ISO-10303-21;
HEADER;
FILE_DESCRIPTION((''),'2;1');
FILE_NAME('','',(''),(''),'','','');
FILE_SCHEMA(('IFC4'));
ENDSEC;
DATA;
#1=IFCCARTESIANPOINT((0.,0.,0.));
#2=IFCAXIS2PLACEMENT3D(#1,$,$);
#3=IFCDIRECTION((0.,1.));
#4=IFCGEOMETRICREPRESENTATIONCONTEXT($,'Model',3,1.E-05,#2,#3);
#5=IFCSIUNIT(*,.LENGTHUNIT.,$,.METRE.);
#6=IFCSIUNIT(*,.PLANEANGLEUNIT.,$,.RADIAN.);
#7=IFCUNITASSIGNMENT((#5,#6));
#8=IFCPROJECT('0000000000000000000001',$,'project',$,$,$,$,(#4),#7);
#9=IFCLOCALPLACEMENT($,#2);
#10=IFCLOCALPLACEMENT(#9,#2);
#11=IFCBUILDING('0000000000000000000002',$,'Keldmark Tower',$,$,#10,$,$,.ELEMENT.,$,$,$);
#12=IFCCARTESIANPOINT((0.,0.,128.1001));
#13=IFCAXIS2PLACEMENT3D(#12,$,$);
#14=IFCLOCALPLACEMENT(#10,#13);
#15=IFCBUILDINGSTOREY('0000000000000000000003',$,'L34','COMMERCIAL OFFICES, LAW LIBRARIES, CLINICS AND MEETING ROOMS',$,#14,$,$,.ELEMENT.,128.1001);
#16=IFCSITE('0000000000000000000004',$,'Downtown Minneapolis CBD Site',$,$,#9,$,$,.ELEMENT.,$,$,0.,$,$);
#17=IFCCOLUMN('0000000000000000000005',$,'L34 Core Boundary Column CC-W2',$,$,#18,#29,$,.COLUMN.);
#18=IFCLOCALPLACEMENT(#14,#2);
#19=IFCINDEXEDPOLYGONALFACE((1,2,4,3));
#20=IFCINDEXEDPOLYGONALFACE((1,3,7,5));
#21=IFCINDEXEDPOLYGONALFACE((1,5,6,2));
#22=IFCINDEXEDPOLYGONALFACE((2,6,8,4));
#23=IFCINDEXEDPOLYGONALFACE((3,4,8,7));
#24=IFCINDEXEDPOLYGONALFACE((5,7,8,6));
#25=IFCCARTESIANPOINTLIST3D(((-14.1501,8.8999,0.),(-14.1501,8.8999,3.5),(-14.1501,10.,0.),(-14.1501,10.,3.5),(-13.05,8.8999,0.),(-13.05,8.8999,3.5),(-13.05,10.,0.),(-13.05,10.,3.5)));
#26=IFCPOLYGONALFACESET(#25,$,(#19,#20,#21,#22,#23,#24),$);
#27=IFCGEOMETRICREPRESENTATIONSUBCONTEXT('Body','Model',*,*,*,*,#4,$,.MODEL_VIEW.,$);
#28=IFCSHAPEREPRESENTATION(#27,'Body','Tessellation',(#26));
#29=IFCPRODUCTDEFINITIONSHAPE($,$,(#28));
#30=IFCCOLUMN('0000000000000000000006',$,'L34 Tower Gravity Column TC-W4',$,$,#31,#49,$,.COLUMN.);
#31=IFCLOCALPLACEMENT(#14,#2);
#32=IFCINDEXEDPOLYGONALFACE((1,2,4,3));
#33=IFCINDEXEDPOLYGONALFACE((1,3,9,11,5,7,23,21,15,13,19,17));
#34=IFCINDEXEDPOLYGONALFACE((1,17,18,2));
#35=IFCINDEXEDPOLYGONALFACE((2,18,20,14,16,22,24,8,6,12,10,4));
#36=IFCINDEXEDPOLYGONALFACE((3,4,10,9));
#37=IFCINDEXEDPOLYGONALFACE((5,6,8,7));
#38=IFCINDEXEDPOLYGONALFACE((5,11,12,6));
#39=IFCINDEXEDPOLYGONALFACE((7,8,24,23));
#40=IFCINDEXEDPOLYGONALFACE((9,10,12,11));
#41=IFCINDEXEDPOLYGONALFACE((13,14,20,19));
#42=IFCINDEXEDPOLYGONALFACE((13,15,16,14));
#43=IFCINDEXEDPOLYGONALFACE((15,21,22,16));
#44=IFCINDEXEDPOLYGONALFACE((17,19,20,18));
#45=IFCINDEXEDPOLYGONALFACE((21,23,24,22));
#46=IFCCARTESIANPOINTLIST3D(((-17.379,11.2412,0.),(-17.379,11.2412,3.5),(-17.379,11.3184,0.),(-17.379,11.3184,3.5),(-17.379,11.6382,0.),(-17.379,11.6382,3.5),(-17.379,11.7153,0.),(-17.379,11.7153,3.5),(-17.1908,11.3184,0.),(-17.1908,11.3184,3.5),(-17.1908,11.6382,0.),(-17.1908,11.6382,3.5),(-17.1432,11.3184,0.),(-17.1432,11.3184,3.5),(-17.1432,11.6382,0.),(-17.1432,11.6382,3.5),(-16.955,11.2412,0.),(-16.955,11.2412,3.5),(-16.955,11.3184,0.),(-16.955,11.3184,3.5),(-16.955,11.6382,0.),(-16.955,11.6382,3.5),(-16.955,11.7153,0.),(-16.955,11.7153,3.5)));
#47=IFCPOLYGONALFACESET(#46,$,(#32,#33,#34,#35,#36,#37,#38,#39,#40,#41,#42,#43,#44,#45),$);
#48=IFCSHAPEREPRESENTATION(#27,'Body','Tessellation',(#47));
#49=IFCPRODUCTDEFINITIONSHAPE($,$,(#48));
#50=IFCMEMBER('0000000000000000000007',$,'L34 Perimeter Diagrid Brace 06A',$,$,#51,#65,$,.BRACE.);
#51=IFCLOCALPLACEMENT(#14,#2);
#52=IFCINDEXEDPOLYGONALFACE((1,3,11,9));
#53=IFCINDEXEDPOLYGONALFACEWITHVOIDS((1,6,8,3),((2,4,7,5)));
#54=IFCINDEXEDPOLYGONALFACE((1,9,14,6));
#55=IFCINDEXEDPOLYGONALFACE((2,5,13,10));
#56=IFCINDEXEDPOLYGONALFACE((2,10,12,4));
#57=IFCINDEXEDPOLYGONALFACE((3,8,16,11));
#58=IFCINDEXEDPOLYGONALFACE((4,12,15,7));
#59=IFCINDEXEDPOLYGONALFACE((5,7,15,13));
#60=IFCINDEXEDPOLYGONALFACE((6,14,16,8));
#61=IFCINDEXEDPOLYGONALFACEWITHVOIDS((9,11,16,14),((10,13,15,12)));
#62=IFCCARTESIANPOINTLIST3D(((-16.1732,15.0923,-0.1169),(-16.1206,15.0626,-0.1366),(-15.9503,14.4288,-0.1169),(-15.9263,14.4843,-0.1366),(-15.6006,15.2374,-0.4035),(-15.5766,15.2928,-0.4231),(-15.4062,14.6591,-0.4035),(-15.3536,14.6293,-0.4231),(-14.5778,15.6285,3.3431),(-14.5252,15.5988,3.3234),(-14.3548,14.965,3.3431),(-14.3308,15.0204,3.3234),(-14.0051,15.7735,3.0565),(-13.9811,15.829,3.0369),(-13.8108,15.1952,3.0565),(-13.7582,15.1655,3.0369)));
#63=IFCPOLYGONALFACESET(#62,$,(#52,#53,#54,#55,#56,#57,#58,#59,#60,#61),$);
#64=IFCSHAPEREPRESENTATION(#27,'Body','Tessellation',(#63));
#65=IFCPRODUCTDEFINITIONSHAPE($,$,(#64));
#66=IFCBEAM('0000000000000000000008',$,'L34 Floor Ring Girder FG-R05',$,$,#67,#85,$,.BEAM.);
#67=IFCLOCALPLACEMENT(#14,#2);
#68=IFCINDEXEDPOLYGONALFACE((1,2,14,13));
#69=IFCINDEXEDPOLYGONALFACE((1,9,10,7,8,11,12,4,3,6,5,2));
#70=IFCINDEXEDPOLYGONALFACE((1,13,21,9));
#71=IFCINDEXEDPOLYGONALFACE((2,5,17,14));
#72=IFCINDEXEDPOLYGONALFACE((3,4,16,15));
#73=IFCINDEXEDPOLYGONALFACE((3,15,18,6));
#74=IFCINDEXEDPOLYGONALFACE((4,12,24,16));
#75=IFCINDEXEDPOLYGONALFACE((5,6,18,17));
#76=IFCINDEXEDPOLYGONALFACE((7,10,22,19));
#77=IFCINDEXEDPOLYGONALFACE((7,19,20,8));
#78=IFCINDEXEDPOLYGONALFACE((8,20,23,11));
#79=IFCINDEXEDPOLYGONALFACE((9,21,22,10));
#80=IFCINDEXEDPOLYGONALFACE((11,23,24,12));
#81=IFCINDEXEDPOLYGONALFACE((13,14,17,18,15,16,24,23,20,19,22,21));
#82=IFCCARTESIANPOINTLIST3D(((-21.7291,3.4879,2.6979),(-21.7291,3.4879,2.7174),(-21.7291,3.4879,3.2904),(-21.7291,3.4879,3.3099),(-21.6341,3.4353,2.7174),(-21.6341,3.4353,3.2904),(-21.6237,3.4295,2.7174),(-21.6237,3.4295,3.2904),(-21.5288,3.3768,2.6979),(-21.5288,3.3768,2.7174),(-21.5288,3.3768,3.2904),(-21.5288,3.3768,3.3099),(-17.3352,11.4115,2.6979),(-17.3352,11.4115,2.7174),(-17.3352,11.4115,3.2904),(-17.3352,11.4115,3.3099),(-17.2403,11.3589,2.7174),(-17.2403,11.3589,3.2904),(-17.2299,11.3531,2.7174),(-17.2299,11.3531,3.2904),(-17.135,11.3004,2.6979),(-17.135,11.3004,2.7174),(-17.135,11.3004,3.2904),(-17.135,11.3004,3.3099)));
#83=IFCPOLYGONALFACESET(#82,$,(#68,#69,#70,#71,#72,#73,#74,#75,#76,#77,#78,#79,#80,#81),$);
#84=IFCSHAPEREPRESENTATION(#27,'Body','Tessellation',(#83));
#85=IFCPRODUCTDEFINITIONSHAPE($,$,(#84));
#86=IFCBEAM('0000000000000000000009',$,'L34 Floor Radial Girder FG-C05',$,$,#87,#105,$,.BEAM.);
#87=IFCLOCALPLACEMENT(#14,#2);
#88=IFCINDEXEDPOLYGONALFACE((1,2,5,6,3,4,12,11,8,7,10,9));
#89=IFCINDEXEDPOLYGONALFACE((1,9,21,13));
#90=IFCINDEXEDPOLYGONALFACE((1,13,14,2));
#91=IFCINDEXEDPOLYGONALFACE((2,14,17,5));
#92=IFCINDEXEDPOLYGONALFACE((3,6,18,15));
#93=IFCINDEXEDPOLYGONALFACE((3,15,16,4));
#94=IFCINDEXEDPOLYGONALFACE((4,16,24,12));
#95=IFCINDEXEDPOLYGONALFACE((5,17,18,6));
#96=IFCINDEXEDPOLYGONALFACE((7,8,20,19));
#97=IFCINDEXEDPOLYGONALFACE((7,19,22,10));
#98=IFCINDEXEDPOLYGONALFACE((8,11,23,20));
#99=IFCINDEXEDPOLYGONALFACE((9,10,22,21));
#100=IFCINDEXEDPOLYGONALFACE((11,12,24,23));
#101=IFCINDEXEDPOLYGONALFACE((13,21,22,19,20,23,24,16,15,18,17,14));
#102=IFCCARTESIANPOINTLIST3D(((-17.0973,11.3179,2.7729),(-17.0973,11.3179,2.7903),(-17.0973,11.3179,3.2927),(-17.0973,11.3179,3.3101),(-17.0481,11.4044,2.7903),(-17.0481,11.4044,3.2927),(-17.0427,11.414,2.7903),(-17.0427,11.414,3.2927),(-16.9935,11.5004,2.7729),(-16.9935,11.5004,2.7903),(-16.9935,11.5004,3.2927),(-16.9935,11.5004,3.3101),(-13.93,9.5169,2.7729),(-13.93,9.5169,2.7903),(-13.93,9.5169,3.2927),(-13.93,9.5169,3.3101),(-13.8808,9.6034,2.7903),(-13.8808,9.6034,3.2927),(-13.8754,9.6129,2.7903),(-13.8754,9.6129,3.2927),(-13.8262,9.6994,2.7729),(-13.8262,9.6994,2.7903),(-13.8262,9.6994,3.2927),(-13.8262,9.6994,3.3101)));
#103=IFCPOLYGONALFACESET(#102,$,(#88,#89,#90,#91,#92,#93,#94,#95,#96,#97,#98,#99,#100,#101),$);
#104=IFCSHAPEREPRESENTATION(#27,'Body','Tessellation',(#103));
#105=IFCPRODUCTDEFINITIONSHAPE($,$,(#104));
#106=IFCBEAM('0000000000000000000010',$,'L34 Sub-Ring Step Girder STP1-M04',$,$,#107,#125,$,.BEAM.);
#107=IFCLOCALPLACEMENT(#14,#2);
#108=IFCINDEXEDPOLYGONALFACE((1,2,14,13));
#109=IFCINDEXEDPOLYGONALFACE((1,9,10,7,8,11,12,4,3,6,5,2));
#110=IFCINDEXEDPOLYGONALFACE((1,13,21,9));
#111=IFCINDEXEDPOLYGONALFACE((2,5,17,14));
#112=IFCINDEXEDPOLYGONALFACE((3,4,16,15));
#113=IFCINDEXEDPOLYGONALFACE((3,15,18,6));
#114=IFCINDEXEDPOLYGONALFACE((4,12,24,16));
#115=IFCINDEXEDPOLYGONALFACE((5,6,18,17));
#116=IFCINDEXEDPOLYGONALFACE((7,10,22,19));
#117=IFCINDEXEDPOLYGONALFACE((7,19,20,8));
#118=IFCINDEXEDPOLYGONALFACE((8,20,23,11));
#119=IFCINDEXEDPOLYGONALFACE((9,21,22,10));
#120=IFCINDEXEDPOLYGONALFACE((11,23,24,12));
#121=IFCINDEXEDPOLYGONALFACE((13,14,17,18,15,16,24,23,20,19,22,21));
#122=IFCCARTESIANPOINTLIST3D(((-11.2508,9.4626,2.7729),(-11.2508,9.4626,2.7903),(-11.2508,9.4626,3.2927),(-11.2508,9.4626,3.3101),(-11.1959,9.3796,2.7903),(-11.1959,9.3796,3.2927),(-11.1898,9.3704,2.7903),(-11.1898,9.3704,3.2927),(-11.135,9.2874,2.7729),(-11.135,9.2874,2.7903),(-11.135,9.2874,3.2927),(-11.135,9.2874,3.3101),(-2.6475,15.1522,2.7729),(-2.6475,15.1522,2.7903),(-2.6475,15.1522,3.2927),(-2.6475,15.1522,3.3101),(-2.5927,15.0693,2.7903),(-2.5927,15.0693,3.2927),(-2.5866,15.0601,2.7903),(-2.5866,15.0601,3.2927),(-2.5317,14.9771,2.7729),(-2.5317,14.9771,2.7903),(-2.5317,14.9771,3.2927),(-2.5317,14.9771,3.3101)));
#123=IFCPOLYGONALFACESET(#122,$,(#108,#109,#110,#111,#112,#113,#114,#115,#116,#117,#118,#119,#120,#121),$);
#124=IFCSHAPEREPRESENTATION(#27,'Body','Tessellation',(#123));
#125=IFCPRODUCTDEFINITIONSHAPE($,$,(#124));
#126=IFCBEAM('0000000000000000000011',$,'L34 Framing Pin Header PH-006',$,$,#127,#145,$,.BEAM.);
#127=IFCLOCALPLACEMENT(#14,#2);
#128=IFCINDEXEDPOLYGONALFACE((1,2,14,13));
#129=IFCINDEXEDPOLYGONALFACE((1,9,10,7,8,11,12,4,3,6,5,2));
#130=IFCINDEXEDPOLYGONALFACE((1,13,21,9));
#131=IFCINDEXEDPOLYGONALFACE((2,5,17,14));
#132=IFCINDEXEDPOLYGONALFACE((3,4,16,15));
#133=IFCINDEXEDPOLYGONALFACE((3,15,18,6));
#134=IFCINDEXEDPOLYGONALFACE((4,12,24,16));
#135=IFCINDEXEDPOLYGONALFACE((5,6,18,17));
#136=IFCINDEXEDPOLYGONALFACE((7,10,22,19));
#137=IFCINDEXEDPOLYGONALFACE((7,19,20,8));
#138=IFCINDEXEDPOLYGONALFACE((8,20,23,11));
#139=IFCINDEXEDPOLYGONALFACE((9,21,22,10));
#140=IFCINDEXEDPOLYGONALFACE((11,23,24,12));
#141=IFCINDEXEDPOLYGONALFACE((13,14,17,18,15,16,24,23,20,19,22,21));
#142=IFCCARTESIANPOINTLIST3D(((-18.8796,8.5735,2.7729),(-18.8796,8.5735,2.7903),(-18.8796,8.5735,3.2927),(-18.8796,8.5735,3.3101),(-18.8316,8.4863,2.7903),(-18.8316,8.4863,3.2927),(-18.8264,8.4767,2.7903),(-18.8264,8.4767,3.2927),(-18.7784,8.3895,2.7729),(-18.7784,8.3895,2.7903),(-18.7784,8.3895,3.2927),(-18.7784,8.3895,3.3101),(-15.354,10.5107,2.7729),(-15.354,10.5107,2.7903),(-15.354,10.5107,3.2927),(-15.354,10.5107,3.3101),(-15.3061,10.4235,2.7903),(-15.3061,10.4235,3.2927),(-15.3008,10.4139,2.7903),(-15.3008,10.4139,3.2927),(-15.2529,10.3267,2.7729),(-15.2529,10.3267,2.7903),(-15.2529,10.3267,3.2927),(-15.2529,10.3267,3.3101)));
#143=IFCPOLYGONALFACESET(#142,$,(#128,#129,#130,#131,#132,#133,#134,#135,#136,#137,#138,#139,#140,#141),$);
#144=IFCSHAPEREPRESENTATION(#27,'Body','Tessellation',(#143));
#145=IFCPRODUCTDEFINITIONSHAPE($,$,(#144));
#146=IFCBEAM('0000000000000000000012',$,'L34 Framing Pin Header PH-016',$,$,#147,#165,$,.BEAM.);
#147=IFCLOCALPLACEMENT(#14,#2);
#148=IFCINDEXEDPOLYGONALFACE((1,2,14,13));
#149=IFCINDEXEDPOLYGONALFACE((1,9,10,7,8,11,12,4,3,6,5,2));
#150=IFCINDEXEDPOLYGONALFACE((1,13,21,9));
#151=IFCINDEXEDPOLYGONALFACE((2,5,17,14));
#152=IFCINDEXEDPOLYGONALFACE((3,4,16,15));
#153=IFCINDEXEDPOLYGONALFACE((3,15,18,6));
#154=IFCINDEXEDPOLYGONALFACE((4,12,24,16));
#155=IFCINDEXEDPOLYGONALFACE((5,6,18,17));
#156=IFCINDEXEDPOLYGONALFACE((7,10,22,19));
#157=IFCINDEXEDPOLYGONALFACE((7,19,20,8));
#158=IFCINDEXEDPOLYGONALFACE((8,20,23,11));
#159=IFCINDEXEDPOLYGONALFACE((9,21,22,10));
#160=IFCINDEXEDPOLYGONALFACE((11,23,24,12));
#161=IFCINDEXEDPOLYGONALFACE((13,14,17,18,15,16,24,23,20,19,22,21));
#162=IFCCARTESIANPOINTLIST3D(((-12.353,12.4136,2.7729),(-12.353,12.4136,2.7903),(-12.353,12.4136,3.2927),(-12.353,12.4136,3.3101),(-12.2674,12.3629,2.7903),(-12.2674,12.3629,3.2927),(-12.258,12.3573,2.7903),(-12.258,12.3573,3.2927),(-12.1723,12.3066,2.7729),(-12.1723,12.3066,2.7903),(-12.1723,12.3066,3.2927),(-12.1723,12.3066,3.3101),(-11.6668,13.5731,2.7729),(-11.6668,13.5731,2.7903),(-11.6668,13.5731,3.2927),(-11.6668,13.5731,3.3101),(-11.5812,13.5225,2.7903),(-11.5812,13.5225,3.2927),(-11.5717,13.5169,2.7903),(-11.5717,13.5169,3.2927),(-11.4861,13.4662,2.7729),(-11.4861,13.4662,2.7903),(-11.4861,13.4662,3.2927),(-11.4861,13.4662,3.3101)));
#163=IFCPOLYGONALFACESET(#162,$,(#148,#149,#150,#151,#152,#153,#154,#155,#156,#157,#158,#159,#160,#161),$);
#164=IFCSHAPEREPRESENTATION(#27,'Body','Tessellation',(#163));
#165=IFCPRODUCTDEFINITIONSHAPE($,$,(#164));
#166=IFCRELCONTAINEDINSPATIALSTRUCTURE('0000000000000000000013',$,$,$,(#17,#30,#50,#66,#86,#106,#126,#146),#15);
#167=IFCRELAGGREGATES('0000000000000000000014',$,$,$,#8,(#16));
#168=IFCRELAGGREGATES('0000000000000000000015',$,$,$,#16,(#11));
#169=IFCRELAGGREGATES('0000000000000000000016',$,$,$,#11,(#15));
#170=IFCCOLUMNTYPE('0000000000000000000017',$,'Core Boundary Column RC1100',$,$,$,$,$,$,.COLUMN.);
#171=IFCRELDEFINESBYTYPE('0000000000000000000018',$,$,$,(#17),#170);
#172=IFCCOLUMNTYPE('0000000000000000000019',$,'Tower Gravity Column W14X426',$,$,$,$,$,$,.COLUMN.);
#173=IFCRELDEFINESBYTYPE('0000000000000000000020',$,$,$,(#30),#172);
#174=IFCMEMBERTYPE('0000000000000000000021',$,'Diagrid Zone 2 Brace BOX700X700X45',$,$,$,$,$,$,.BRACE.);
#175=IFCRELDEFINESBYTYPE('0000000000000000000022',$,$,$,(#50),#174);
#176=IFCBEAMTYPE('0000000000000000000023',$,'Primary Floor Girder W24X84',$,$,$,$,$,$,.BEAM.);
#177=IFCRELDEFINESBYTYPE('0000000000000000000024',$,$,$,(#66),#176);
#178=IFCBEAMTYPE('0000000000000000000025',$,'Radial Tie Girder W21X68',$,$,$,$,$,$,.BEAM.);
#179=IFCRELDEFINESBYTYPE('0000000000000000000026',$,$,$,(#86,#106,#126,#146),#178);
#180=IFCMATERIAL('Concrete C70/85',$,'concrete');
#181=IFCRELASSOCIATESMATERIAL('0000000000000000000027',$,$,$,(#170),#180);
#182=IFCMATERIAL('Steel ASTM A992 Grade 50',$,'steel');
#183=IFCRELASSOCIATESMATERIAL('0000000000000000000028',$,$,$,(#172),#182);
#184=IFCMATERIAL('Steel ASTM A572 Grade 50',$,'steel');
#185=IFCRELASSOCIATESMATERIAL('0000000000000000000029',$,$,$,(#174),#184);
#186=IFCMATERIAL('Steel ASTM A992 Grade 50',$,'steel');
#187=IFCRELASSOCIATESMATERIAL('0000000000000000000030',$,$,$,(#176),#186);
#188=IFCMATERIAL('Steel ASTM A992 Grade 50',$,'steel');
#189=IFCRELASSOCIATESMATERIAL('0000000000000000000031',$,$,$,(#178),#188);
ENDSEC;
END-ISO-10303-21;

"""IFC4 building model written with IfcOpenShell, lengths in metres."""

from ifc_helpers import new_model, si_unit, direction, frame, origin, origin_2d, place, context, subcontext, project, spatial, rectangle, hollow_rectangle, i_section, extrude, material, material_profile, profile_set, type_object, element, save


model = new_model("IFC4")

# Units and contexts
model_context = context("Model", 3, precision=1e-05, world=origin(), true_north=direction((0.0, 1.0)))
body_context = subcontext(model_context, "Body", "Model", "MODEL_VIEW")
ifc_project = project(units=[si_unit("LENGTHUNIT", "METRE"), si_unit("PLANEANGLEUNIT", "RADIAN")], contexts=[model_context])

# Site, building, storey
site_placement = place(None, origin())
site = spatial("IfcSite", under=ifc_project, at=site_placement, Name="Downtown Minneapolis CBD Site", CompositionType="ELEMENT", RefElevation=0.0)
building_placement = place(site_placement, origin())
building = spatial("IfcBuilding", under=site, at=building_placement, Name="Keldmark Tower", CompositionType="ELEMENT")
storey_placement = place(building_placement, frame((0.0, 0.0, 128.1001)))
storey = spatial("IfcBuildingStorey", under=building, at=storey_placement, Name="L34", Description="COMMERCIAL OFFICES, LAW LIBRARIES, CLINICS AND MEETING ROOMS", CompositionType="ELEMENT", Elevation=128.1001)

# Columns
ifc_material_1 = material(Name="Concrete C70/85", Category="concrete")
ifc_material_profile_1 = material_profile(ifc_material_1, rectangle(XDim=1.1001, YDim=1.1001, at=origin_2d()), Name="RC1100X1100")
ifc_profile_set_1 = profile_set([ifc_material_profile_1], Name="Concrete C70/85")
column_type_1 = type_object("IfcColumnType", Name="Core Boundary Column RC1100", PredefinedType="COLUMN", material=ifc_profile_set_1)
column_1_placement = place(storey_placement, frame((-13.6001, 9.45, 0.0), z_axis=(0.0, 0.0, 1.0), x_axis=(1.0, 0.0, 0.0)))
element("IfcColumn", 1, at=column_1_placement, inside=storey, type_object=column_type_1, Name="L34 Core Boundary Column CC-W2", PredefinedType="COLUMN", context=body_context, shape_type="SweptSolid", body=[
    extrude(rectangle(XDim=1.1001, YDim=1.1001, at=origin_2d()), origin(), (0.0, 0.0, 1.0), 3.5),
])
ifc_material_2 = material(Name="Steel ASTM A992 Grade 50", Category="steel")
ifc_material_profile_2 = material_profile(ifc_material_2, i_section(OverallWidth=0.4241, OverallDepth=0.4741, WebThickness=0.0476, FlangeThickness=0.0771, at=origin_2d()), Name="W14X426")
ifc_profile_set_2 = profile_set([ifc_material_profile_2], Name="Steel ASTM A992 Grade 50")
column_type_2 = type_object("IfcColumnType", Name="Tower Gravity Column W14X426", PredefinedType="COLUMN", material=ifc_profile_set_2)
column_2_placement = place(storey_placement, frame((-17.167, 11.4783, 0.0), z_axis=(0.0, 0.0, 1.0), x_axis=(1.0, 0.0, 0.0)))
element("IfcColumn", 2, at=column_2_placement, inside=storey, type_object=column_type_2, Name="L34 Tower Gravity Column TC-W4", PredefinedType="COLUMN", context=body_context, shape_type="SweptSolid", body=[
    extrude(i_section(OverallWidth=0.4241, OverallDepth=0.4741, WebThickness=0.0476, FlangeThickness=0.0771, at=origin_2d()), origin(), (0.0, 0.0, 1.0), 3.5),
])

# Member
ifc_material_3 = material(Name="Steel ASTM A572 Grade 50", Category="steel")
ifc_material_profile_3 = material_profile(ifc_material_3, hollow_rectangle(XDim=0.7, YDim=0.7, WallThickness=0.0449, at=origin_2d()), Name="BOX700X700X45")
ifc_profile_set_3 = profile_set([ifc_material_profile_3], Name="Steel ASTM A572 Grade 50")
member_type = type_object("IfcMemberType", Name="Diagrid Zone 2 Brace BOX700X700X45", PredefinedType="BRACE", material=ifc_profile_set_3)
member_placement = place(storey_placement, frame((-15.7634, 14.8608, -0.27), z_axis=(0.41466, 0.139341, 0.899245), x_axis=(-0.318533, 0.947912, 0.0)))
element("IfcMember", 3, at=member_placement, inside=storey, type_object=member_type, Name="L34 Perimeter Diagrid Brace 06A", PredefinedType="BRACE", context=body_context, shape_type="SweptSolid", body=[
    extrude(hollow_rectangle(XDim=0.7, YDim=0.7, WallThickness=0.0449, at=origin_2d()), origin(), (0.0, 0.0, 1.0), 3.8477),
])

# Beams
ifc_material_4 = material(Name="Steel ASTM A992 Grade 50", Category="steel")
ifc_material_profile_4 = material_profile(ifc_material_4, i_section(OverallWidth=0.229, OverallDepth=0.6121, WebThickness=0.012, FlangeThickness=0.0195, at=origin_2d()), Name="W24X84")
ifc_profile_set_4 = profile_set([ifc_material_profile_4], Name="Steel ASTM A992 Grade 50")
beam_type_1 = type_object("IfcBeamType", Name="Primary Floor Girder W24X84", PredefinedType="BEAM", material=ifc_profile_set_4)
beam_1_placement = place(storey_placement, frame((-17.2351, 11.356, 3.0039), z_axis=(-0.484952, -0.874541, 0.0), x_axis=(0.874541, -0.484952, 0.0)))
element("IfcBeam", 4, at=beam_1_placement, inside=storey, type_object=beam_type_1, Name="L34 Floor Ring Girder FG-R05", PredefinedType="BEAM", context=body_context, shape_type="SweptSolid", body=[
    extrude(i_section(OverallWidth=0.229, OverallDepth=0.6121, WebThickness=0.012, FlangeThickness=0.0195, at=origin_2d()), origin(), (0.0, 0.0, 1.0), 9.0603),
])
ifc_material_5 = material(Name="Steel ASTM A992 Grade 50", Category="steel")
ifc_material_profile_5 = material_profile(ifc_material_5, i_section(OverallWidth=0.21, OverallDepth=0.5371, WebThickness=0.011, FlangeThickness=0.0173, at=origin_2d()), Name="W21X68")
ifc_profile_set_5 = profile_set([ifc_material_profile_5], Name="Steel ASTM A992 Grade 50")
beam_type_2 = type_object("IfcBeamType", Name="Radial Tie Girder W21X68", PredefinedType="BEAM", material=ifc_profile_set_5)
beam_2_placement = place(storey_placement, frame((-17.0454, 11.4092, 3.0415), z_axis=(0.869284, -0.494312, 0.0), x_axis=(0.494312, 0.869284, 0.0)))
element("IfcBeam", 5, at=beam_2_placement, inside=storey, type_object=beam_type_2, Name="L34 Floor Radial Girder FG-C05", PredefinedType="BEAM", context=body_context, shape_type="SweptSolid", body=[
    extrude(i_section(OverallWidth=0.21, OverallDepth=0.5371, WebThickness=0.011, FlangeThickness=0.0173, at=origin_2d()), origin(), (0.0, 0.0, 1.0), 3.6436),
])
beam_3_placement = place(storey_placement, frame((-11.1929, 9.375, 3.0415), z_axis=(0.834095, 0.551621, 0.0), x_axis=(-0.551621, 0.834095, 0.0)))
element("IfcBeam", 6, at=beam_3_placement, inside=storey, type_object=beam_type_2, Name="L34 Sub-Ring Step Girder STP1-M04", PredefinedType="BEAM", context=body_context, shape_type="SweptSolid", body=[
    extrude(i_section(OverallWidth=0.21, OverallDepth=0.5371, WebThickness=0.011, FlangeThickness=0.0173, at=origin_2d()), origin(), (0.0, 0.0, 1.0), 10.3145),
])
beam_4_placement = place(storey_placement, frame((-15.3035, 10.4187, 3.0415), z_axis=(-0.876409, -0.481567, 0.0), x_axis=(0.481567, -0.876409, 0.0)))
element("IfcBeam", 7, at=beam_4_placement, inside=storey, type_object=beam_type_2, Name="L34 Framing Pin Header PH-006", PredefinedType="BEAM", context=body_context, shape_type="SweptSolid", body=[
    extrude(i_section(OverallWidth=0.21, OverallDepth=0.5371, WebThickness=0.011, FlangeThickness=0.0173, at=origin_2d()), origin(), (0.0, 0.0, 1.0), 4.0227),
])
beam_5_placement = place(storey_placement, frame((-12.2627, 12.3601, 3.0415), z_axis=(0.509291, 0.860595, 0.0), x_axis=(-0.860595, 0.509291, 0.0)))
element("IfcBeam", 8, at=beam_5_placement, inside=storey, type_object=beam_type_2, Name="L34 Framing Pin Header PH-016", PredefinedType="BEAM", context=body_context, shape_type="SweptSolid", body=[
    extrude(i_section(OverallWidth=0.21, OverallDepth=0.5371, WebThickness=0.011, FlangeThickness=0.0173, at=origin_2d()), origin(), (0.0, 0.0, 1.0), 1.3474),
])

save(model, "model.ifc")
